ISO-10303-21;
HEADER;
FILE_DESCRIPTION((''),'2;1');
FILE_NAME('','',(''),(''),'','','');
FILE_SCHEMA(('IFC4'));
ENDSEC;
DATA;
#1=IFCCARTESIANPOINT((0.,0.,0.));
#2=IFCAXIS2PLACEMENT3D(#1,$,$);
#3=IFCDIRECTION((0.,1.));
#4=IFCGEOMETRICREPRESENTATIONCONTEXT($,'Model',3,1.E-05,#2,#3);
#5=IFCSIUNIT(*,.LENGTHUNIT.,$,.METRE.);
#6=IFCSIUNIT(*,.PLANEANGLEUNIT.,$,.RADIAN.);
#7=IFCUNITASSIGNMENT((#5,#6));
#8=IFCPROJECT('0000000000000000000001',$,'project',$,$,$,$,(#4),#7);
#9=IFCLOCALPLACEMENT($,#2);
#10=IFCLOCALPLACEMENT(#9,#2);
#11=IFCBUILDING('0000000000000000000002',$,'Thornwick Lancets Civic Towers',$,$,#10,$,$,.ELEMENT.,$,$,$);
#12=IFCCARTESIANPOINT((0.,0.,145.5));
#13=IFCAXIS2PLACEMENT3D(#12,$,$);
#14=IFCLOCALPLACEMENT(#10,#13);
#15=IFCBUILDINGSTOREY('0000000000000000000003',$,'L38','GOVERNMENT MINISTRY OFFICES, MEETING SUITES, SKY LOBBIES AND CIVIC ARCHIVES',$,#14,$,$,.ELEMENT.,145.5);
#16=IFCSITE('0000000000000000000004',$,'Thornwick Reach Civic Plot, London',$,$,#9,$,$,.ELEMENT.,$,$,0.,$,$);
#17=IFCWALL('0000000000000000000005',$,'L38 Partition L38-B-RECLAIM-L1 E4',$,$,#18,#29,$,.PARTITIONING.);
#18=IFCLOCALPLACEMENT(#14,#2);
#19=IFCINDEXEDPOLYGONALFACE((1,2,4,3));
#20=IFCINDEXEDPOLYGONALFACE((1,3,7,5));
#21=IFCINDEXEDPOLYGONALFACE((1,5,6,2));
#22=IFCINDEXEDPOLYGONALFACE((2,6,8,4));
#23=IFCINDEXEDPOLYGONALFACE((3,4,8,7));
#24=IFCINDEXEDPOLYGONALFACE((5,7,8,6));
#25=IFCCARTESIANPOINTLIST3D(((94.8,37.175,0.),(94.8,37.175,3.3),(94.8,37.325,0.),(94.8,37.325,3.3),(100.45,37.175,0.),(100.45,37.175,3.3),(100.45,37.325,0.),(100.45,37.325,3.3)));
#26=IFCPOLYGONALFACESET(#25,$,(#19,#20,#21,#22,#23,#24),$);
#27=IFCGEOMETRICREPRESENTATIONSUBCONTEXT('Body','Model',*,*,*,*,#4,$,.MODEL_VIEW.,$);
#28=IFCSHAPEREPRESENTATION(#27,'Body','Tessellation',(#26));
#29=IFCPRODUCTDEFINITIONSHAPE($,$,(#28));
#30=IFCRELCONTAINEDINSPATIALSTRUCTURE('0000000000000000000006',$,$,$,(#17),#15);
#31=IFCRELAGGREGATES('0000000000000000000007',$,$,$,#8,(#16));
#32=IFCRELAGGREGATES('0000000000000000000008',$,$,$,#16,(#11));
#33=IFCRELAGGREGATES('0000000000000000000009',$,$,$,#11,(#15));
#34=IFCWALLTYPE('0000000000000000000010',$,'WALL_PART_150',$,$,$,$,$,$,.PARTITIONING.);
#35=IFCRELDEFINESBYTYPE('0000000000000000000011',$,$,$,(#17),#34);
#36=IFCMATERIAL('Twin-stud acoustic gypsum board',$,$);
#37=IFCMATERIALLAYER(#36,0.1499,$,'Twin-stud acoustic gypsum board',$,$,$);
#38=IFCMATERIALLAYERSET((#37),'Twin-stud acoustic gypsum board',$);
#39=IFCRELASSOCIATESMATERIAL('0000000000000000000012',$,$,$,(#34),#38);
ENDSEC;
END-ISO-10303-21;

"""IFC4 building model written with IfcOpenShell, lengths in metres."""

from ifc_helpers import new_model, si_unit, direction, frame, frame_2d, origin, place, context, subcontext, project, spatial, rectangle, extrude, material, layer, layer_set, type_object, element, save


model = new_model("IFC4")

# Units and contexts
model_context = context("Model", 3, precision=1e-05, world=origin(), true_north=direction((0.0, 1.0)))
body_context = subcontext(model_context, "Body", "Model", "MODEL_VIEW")
ifc_project = project(units=[si_unit("LENGTHUNIT", "METRE"), si_unit("PLANEANGLEUNIT", "RADIAN")], contexts=[model_context])

# Site, building, storey
site_placement = place(None, origin())
site = spatial("IfcSite", under=ifc_project, at=site_placement, Name="Thornwick Reach Civic Plot, London", CompositionType="ELEMENT", RefElevation=0.0)
building_placement = place(site_placement, origin())
building = spatial("IfcBuilding", under=site, at=building_placement, Name="Thornwick Lancets Civic Towers", CompositionType="ELEMENT")
storey_placement = place(building_placement, frame((0.0, 0.0, 145.5)))
storey = spatial("IfcBuildingStorey", under=building, at=storey_placement, Name="L38", Description="GOVERNMENT MINISTRY OFFICES, MEETING SUITES, SKY LOBBIES AND CIVIC ARCHIVES", CompositionType="ELEMENT", Elevation=145.5)

# Shared definitions
ifc_material_1 = material(Name="Twin-stud acoustic gypsum board")
ifc_layer_1 = layer(ifc_material_1, 0.1499, Name="Twin-stud acoustic gypsum board")
ifc_layer_set_1 = layer_set([ifc_layer_1], Name="Twin-stud acoustic gypsum board")
wall_type_1 = type_object("IfcWallType", Name="WALL_PART_150", PredefinedType="PARTITIONING", material=ifc_layer_set_1)

# Wall
wall_1_placement = place(storey_placement, frame((94.8, 37.25, 0.0), z_axis=(0.0, 0.0, 1.0), x_axis=(1.0, 0.0, 0.0)))
element("IfcWall", 1, at=wall_1_placement, inside=storey, type_object=wall_type_1, Name="L38 Partition L38-B-RECLAIM-L1 E4", PredefinedType="PARTITIONING", context=body_context, shape_type="SweptSolid", body=[
    extrude(rectangle(XDim=5.6499, YDim=0.1499, at=frame_2d((2.825, 0.0))), origin(), (0.0, 0.0, 1.0), 3.3),
])

save(model, "model.ifc")
